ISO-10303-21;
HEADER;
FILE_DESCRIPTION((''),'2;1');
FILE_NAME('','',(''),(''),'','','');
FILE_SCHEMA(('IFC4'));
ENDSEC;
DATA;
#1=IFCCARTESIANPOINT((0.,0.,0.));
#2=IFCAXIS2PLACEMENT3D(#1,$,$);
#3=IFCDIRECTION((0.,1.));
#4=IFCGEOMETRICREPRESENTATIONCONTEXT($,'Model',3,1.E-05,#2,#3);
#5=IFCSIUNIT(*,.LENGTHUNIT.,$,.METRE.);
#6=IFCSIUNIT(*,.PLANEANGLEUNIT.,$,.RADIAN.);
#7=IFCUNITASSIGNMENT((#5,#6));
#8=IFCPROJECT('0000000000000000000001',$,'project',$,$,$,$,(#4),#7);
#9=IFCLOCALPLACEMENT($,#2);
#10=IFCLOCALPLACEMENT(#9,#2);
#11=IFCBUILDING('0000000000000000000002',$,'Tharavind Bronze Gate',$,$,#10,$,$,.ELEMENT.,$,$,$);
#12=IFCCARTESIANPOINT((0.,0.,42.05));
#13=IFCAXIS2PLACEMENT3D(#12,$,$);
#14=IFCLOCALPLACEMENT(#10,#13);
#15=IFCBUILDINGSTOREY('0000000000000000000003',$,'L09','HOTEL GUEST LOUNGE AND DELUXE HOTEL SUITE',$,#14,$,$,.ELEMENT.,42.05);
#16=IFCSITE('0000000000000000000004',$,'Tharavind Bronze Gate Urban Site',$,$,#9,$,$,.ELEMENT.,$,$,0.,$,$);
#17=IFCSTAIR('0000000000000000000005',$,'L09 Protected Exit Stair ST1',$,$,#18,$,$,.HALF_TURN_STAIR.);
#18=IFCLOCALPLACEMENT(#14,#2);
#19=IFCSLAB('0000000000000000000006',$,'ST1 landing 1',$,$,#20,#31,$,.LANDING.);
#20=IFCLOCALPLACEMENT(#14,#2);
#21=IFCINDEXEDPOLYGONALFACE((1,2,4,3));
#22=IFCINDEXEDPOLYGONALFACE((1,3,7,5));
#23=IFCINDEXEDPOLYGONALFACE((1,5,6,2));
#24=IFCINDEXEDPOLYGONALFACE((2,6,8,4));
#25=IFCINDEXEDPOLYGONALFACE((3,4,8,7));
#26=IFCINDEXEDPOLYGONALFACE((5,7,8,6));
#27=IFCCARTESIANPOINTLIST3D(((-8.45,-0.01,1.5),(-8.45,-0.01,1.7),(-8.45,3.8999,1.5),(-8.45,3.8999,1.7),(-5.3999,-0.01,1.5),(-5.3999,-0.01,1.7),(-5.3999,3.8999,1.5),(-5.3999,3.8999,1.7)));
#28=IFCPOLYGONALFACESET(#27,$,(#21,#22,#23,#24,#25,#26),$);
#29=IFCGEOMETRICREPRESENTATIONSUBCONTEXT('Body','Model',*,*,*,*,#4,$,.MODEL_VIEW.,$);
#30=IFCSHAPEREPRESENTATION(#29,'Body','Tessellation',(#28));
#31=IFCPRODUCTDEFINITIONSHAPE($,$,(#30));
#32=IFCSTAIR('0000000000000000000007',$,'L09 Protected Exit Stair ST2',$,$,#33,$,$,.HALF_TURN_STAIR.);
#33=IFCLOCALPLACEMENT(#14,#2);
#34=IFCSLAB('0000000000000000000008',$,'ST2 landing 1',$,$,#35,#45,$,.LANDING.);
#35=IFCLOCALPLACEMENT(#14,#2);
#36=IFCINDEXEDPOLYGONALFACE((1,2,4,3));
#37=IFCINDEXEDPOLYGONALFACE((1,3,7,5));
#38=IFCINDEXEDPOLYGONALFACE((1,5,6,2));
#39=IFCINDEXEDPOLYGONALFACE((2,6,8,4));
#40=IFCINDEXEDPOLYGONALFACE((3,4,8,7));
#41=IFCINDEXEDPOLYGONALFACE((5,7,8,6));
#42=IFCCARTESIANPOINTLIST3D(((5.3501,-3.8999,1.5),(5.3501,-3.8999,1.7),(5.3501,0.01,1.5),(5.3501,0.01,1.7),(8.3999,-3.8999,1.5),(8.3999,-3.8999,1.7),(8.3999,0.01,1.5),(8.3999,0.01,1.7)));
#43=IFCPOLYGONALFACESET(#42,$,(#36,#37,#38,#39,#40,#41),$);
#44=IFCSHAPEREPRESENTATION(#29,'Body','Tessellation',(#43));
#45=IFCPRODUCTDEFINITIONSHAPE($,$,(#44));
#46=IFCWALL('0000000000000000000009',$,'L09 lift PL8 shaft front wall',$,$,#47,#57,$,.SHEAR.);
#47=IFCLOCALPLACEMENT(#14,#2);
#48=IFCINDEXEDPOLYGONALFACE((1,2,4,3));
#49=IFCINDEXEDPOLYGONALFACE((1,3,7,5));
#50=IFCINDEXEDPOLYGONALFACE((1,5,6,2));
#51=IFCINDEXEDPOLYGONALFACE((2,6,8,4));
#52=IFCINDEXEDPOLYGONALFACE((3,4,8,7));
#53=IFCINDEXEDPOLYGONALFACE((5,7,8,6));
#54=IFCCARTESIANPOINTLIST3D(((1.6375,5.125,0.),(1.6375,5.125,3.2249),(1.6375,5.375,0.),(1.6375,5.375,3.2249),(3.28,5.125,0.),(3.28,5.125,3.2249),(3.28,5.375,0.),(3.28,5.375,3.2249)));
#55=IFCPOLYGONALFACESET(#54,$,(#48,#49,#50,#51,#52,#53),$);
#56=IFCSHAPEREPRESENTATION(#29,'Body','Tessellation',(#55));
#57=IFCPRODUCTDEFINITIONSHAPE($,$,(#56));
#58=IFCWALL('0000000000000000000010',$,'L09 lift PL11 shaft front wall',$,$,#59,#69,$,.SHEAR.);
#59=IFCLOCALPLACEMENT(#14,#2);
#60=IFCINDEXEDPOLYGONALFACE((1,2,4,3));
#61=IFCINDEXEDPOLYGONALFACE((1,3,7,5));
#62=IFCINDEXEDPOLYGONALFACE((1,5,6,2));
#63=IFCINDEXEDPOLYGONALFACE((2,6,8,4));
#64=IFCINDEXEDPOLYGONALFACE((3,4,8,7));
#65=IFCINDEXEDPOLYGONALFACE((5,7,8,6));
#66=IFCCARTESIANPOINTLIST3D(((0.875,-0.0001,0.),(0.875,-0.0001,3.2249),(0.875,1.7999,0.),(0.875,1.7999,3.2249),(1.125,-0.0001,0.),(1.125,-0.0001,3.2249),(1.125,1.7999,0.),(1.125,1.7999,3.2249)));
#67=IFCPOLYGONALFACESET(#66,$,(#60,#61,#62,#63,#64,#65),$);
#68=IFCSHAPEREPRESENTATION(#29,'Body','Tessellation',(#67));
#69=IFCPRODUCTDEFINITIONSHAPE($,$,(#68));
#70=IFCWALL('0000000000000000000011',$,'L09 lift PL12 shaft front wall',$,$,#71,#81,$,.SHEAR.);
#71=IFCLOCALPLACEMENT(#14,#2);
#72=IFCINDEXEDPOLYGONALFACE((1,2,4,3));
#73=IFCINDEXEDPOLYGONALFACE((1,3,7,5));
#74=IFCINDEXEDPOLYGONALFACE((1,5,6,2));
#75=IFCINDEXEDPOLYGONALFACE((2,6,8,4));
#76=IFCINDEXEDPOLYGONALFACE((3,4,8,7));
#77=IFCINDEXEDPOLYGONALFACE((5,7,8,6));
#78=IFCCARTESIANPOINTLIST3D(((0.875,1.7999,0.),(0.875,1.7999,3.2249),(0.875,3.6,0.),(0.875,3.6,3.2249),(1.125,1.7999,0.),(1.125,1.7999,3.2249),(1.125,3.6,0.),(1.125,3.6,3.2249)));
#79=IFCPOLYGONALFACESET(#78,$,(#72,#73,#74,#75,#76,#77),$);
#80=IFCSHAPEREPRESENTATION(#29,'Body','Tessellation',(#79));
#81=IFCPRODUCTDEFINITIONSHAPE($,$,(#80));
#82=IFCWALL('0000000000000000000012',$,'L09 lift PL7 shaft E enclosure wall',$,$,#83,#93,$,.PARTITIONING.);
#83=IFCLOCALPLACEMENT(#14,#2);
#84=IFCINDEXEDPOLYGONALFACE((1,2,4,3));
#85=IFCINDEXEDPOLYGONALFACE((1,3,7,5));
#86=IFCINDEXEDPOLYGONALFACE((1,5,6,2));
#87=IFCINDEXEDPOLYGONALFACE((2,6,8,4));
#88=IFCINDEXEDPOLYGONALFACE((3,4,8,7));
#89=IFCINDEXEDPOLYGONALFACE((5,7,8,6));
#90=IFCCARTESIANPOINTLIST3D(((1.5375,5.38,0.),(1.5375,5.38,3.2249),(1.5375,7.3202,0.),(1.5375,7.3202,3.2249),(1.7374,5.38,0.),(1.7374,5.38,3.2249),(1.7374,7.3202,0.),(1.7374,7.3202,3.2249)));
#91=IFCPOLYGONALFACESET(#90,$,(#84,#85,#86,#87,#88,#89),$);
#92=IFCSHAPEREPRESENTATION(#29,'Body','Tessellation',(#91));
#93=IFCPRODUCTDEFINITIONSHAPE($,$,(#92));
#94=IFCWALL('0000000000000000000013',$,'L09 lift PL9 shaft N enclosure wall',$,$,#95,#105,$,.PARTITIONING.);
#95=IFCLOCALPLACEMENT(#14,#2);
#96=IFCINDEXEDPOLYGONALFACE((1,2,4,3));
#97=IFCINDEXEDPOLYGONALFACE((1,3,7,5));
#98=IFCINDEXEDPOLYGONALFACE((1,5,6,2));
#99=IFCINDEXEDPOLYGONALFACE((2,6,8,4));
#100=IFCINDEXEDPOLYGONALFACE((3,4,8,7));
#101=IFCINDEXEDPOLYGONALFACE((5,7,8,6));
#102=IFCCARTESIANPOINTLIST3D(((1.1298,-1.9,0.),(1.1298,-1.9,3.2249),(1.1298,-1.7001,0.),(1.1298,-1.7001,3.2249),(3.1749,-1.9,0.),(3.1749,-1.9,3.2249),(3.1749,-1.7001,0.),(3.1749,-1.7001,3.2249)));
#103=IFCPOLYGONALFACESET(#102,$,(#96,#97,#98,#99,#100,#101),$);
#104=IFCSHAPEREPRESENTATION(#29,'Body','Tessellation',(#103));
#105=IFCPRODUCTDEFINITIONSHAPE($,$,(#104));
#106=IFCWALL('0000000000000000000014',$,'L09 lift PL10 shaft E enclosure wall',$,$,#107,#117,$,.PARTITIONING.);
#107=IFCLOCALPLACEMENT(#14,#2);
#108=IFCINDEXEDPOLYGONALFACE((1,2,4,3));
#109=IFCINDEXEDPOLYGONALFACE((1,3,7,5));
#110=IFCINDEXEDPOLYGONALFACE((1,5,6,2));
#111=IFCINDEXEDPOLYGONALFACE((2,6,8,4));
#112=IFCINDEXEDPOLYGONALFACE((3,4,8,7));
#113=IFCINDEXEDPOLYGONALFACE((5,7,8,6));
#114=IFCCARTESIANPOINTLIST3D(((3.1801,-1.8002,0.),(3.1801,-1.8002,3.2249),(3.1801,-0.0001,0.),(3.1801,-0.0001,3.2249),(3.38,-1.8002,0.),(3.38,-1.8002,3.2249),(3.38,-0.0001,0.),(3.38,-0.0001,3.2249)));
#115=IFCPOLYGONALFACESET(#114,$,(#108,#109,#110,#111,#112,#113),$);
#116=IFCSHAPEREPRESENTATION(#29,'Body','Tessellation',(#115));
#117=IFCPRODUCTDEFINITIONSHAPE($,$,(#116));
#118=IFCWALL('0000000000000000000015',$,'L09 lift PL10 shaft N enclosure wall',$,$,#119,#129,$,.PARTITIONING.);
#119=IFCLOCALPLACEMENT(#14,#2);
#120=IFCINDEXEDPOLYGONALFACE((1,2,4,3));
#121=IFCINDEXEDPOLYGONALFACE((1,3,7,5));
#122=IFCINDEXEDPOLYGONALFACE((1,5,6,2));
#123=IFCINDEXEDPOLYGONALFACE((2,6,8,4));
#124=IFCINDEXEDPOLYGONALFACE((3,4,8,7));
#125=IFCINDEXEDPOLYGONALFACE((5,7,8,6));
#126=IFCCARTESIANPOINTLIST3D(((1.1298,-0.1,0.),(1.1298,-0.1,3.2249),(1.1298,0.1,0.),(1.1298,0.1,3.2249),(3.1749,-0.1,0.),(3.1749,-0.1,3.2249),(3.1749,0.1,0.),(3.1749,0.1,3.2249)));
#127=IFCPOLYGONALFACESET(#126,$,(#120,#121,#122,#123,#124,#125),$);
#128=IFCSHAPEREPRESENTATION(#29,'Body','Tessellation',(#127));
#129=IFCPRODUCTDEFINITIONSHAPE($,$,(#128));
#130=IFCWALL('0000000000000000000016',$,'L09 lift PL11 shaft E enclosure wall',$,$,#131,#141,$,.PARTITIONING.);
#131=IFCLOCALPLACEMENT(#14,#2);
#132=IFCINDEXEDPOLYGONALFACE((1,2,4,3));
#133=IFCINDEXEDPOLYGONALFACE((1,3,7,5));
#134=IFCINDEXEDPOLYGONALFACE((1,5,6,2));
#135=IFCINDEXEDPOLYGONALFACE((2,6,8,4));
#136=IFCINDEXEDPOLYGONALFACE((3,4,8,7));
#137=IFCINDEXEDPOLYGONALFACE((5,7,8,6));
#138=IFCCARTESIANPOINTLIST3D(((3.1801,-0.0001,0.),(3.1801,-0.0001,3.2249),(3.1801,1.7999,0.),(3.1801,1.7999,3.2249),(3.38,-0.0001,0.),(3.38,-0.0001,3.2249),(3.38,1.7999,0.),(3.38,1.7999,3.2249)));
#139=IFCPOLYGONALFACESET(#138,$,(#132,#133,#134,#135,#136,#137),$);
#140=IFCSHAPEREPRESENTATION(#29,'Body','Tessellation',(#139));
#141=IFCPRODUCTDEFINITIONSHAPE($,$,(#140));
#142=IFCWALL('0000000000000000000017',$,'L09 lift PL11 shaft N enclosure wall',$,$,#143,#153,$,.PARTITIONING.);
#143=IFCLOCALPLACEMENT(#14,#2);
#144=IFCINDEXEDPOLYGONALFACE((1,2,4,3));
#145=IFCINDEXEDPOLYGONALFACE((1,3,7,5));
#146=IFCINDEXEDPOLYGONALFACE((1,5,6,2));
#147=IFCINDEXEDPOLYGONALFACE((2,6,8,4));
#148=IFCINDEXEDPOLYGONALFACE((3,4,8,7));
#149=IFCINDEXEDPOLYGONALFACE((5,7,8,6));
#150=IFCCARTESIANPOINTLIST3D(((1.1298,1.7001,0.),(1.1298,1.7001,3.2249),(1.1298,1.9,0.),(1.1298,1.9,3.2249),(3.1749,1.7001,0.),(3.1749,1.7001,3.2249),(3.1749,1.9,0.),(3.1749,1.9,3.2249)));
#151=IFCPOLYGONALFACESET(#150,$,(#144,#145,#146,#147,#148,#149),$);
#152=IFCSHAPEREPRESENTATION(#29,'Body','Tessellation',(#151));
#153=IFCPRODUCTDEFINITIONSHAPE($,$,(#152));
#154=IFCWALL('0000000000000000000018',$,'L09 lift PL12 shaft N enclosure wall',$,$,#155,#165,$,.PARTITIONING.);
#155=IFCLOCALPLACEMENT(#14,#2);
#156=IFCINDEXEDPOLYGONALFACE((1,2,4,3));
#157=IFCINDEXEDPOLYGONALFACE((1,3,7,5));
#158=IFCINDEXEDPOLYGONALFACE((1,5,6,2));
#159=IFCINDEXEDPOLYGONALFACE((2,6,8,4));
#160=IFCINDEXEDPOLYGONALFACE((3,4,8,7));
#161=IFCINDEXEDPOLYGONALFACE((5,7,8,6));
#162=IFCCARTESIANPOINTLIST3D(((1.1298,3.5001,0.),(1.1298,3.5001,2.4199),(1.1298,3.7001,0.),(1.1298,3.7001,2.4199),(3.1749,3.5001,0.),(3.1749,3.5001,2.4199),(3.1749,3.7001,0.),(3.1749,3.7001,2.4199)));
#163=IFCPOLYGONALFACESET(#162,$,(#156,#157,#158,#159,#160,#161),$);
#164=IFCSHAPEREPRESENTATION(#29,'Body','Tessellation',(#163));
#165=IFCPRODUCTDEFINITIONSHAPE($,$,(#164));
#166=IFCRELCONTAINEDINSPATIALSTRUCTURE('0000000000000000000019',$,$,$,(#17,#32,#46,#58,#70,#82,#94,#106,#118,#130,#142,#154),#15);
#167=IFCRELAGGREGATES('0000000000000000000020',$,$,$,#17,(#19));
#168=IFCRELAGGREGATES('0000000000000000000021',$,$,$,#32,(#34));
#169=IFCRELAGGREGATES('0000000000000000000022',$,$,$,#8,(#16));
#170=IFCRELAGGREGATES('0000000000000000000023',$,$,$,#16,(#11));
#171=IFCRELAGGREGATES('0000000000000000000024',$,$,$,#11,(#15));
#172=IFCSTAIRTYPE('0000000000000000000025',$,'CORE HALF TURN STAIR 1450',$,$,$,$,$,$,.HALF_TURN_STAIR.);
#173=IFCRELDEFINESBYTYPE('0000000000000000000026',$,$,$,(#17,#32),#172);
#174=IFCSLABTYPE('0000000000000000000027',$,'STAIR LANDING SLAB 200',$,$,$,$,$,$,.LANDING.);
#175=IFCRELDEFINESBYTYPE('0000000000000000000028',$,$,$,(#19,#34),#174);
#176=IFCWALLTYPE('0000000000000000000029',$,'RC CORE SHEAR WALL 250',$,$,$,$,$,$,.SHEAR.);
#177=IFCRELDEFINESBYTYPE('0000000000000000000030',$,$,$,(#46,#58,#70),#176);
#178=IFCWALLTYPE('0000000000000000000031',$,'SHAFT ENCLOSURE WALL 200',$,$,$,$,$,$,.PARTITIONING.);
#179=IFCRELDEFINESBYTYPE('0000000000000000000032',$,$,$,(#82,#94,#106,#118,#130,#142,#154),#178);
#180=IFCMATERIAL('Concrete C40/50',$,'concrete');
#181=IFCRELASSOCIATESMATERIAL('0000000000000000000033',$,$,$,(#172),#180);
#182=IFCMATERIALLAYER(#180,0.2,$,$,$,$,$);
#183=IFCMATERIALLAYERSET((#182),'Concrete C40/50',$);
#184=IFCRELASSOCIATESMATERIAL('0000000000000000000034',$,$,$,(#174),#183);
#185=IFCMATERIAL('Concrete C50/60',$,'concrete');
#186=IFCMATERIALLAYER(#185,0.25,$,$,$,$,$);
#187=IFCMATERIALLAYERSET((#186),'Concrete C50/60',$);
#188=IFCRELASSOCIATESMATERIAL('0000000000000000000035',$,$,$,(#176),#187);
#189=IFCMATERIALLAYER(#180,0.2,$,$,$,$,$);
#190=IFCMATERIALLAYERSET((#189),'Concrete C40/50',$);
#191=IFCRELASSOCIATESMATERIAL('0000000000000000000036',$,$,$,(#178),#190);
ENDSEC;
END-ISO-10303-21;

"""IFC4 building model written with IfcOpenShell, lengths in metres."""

from ifc_helpers import new_model, si_unit, direction, frame, frame_2d, origin, place, context, subcontext, project, spatial, polyline, rectangle, outline, extrude, material, layer, layer_set, type_object, element, aggregate, save


model = new_model("IFC4")

# Units and contexts
model_context = context("Model", 3, precision=1e-05, world=origin(), true_north=direction((0.0, 1.0)))
body_context = subcontext(model_context, "Body", "Model", "MODEL_VIEW")
ifc_project = project(units=[si_unit("LENGTHUNIT", "METRE"), si_unit("PLANEANGLEUNIT", "RADIAN")], contexts=[model_context])

# Site, building, storey
site_placement = place(None, origin())
site = spatial("IfcSite", under=ifc_project, at=site_placement, Name="Tharavind Bronze Gate Urban Site", CompositionType="ELEMENT", RefElevation=0.0)
building_placement = place(site_placement, origin())
building = spatial("IfcBuilding", under=site, at=building_placement, Name="Tharavind Bronze Gate", CompositionType="ELEMENT")
storey_placement = place(building_placement, frame((0.0, 0.0, 42.05)))
storey = spatial("IfcBuildingStorey", under=building, at=storey_placement, Name="L09", Description="HOTEL GUEST LOUNGE AND DELUXE HOTEL SUITE", CompositionType="ELEMENT", Elevation=42.05)

# Stairs, slabs
ifc_material_1 = material(Name="Concrete C40/50", Category="concrete")
stair_type = type_object("IfcStairType", Name="CORE HALF TURN STAIR 1450", PredefinedType="HALF_TURN_STAIR", material=ifc_material_1)
stair_1_placement = place(storey_placement, origin())
stair_1 = element("IfcStair", 1, at=stair_1_placement, inside=storey, type_object=stair_type, Name="L09 Protected Exit Stair ST1", PredefinedType="HALF_TURN_STAIR")
ifc_layer_1 = layer(ifc_material_1, 0.2)
ifc_layer_set_1 = layer_set([ifc_layer_1], Name="Concrete C40/50")
slab_type = type_object("IfcSlabType", Name="STAIR LANDING SLAB 200", PredefinedType="LANDING", material=ifc_layer_set_1)
slab_1_placement = place(storey_placement, frame((0.0, 0.0, 1.5)))
slab_1 = element("IfcSlab", 2, at=slab_1_placement, type_object=slab_type, Name="ST1 landing 1", PredefinedType="LANDING", context=body_context, shape_type="SweptSolid", body=[
    extrude(outline(polyline([(-5.3999, -0.01), (-5.3999, 3.8999), (-8.45, 3.8999), (-8.45, -0.01), (-5.3999, -0.01)])), origin(), (0.0, 0.0, 1.0), 0.2),
])
aggregate(stair_1, [slab_1])
stair_2_placement = place(storey_placement, origin())
stair_2 = element("IfcStair", 3, at=stair_2_placement, inside=storey, type_object=stair_type, Name="L09 Protected Exit Stair ST2", PredefinedType="HALF_TURN_STAIR")
slab_2_placement = place(storey_placement, frame((0.0, 0.0, 1.5)))
slab_2 = element("IfcSlab", 4, at=slab_2_placement, type_object=slab_type, Name="ST2 landing 1", PredefinedType="LANDING", context=body_context, shape_type="SweptSolid", body=[
    extrude(outline(polyline([(5.3501, 0.01), (5.3501, -3.8999), (8.3999, -3.8999), (8.3999, 0.01), (5.3501, 0.01)])), origin(), (0.0, 0.0, 1.0), 0.2),
])
aggregate(stair_2, [slab_2])

# Walls
ifc_material_2 = material(Name="Concrete C50/60", Category="concrete")
ifc_layer_2 = layer(ifc_material_2, 0.25)
ifc_layer_set_2 = layer_set([ifc_layer_2], Name="Concrete C50/60")
wall_type_1 = type_object("IfcWallType", Name="RC CORE SHEAR WALL 250", PredefinedType="SHEAR", material=ifc_layer_set_2)
wall_1_placement = place(storey_placement, frame((1.6375, 5.25, 0.0), z_axis=(0.0, 0.0, 1.0), x_axis=(1.0, 0.0, 0.0)))
element("IfcWall", 5, at=wall_1_placement, inside=storey, type_object=wall_type_1, Name="L09 lift PL8 shaft front wall", PredefinedType="SHEAR", context=body_context, shape_type="SweptSolid", body=[
    extrude(rectangle(XDim=1.6426, YDim=0.25, at=frame_2d((0.8213, 0.0))), origin(), (0.0, 0.0, 1.0), 3.2249),
])
for number, where, z_axis, x_axis, name in (
    (6, (1.0, 0.0, 0.0), (0.0, 0.0, 1.0), (0.0, 1.0, 0.0), "L09 lift PL11 shaft front wall"),
    (7, (1.0, 1.8, 0.0), (0.0, 0.0, 1.0), (0.0, 1.0, 0.0), "L09 lift PL12 shaft front wall"),
):
    element("IfcWall", number, at=place(storey_placement, frame(where, z_axis=z_axis, x_axis=x_axis)), inside=storey, type_object=wall_type_1, Name=name, PredefinedType="SHEAR", context=body_context, shape_type="SweptSolid", body=[
        extrude(rectangle(XDim=1.8, YDim=0.25, at=frame_2d((0.8999, 0.0))), origin(), (0.0, 0.0, 1.0), 3.2249),
    ])
ifc_layer_3 = layer(ifc_material_1, 0.2)
ifc_layer_set_3 = layer_set([ifc_layer_3], Name="Concrete C40/50")
wall_type_2 = type_object("IfcWallType", Name="SHAFT ENCLOSURE WALL 200", PredefinedType="PARTITIONING", material=ifc_layer_set_3)
wall_2_placement = place(storey_placement, frame((1.6375, 5.3799, 0.0), z_axis=(0.0, 0.0, 1.0), x_axis=(0.0, 1.0, 0.0)))
element("IfcWall", 8, at=wall_2_placement, inside=storey, type_object=wall_type_2, Name="L09 lift PL7 shaft E enclosure wall", PredefinedType="PARTITIONING", context=body_context, shape_type="SweptSolid", body=[
    extrude(rectangle(XDim=1.9402, YDim=0.2, at=frame_2d((0.9702, 0.0))), origin(), (0.0, 0.0, 1.0), 3.2249),
])
wall_3_placement = place(storey_placement, frame((1.1299, -1.8, 0.0), z_axis=(0.0, 0.0, 1.0), x_axis=(1.0, 0.0, 0.0)))
element("IfcWall", 9, at=wall_3_placement, inside=storey, type_object=wall_type_2, Name="L09 lift PL9 shaft N enclosure wall", PredefinedType="PARTITIONING", context=body_context, shape_type="SweptSolid", body=[
    extrude(rectangle(XDim=2.0452, YDim=0.2, at=frame_2d((1.0225, 0.0))), origin(), (0.0, 0.0, 1.0), 3.2249),
])
wall_4_placement = place(storey_placement, frame((3.28, -1.8, 0.0), z_axis=(0.0, 0.0, 1.0), x_axis=(0.0, 1.0, 0.0)))
element("IfcWall", 10, at=wall_4_placement, inside=storey, type_object=wall_type_2, Name="L09 lift PL10 shaft E enclosure wall", PredefinedType="PARTITIONING", context=body_context, shape_type="SweptSolid", body=[
    extrude(rectangle(XDim=1.8, YDim=0.2, at=frame_2d((0.8999, 0.0))), origin(), (0.0, 0.0, 1.0), 3.2249),
])
wall_5_placement = place(storey_placement, frame((1.1299, 0.0, 0.0), z_axis=(0.0, 0.0, 1.0), x_axis=(1.0, 0.0, 0.0)))
element("IfcWall", 11, at=wall_5_placement, inside=storey, type_object=wall_type_2, Name="L09 lift PL10 shaft N enclosure wall", PredefinedType="PARTITIONING", context=body_context, shape_type="SweptSolid", body=[
    extrude(rectangle(XDim=2.0452, YDim=0.2, at=frame_2d((1.0225, 0.0))), origin(), (0.0, 0.0, 1.0), 3.2249),
])
wall_6_placement = place(storey_placement, frame((3.28, 0.0, 0.0), z_axis=(0.0, 0.0, 1.0), x_axis=(0.0, 1.0, 0.0)))
element("IfcWall", 12, at=wall_6_placement, inside=storey, type_object=wall_type_2, Name="L09 lift PL11 shaft E enclosure wall", PredefinedType="PARTITIONING", context=body_context, shape_type="SweptSolid", body=[
    extrude(rectangle(XDim=1.8, YDim=0.2, at=frame_2d((0.8999, 0.0))), origin(), (0.0, 0.0, 1.0), 3.2249),
])
wall_7_placement = place(storey_placement, frame((1.1299, 1.8, 0.0), z_axis=(0.0, 0.0, 1.0), x_axis=(1.0, 0.0, 0.0)))
element("IfcWall", 13, at=wall_7_placement, inside=storey, type_object=wall_type_2, Name="L09 lift PL11 shaft N enclosure wall", PredefinedType="PARTITIONING", context=body_context, shape_type="SweptSolid", body=[
    extrude(rectangle(XDim=2.0452, YDim=0.2, at=frame_2d((1.0225, 0.0))), origin(), (0.0, 0.0, 1.0), 3.2249),
])
wall_8_placement = place(storey_placement, frame((1.1299, 3.6001, 0.0), z_axis=(0.0, 0.0, 1.0), x_axis=(1.0, 0.0, 0.0)))
element("IfcWall", 14, at=wall_8_placement, inside=storey, type_object=wall_type_2, Name="L09 lift PL12 shaft N enclosure wall", PredefinedType="PARTITIONING", context=body_context, shape_type="SweptSolid", body=[
    extrude(rectangle(XDim=2.0452, YDim=0.2, at=frame_2d((1.0225, 0.0))), origin(), (0.0, 0.0, 1.0), 2.4199),
])

save(model, "model.ifc")
